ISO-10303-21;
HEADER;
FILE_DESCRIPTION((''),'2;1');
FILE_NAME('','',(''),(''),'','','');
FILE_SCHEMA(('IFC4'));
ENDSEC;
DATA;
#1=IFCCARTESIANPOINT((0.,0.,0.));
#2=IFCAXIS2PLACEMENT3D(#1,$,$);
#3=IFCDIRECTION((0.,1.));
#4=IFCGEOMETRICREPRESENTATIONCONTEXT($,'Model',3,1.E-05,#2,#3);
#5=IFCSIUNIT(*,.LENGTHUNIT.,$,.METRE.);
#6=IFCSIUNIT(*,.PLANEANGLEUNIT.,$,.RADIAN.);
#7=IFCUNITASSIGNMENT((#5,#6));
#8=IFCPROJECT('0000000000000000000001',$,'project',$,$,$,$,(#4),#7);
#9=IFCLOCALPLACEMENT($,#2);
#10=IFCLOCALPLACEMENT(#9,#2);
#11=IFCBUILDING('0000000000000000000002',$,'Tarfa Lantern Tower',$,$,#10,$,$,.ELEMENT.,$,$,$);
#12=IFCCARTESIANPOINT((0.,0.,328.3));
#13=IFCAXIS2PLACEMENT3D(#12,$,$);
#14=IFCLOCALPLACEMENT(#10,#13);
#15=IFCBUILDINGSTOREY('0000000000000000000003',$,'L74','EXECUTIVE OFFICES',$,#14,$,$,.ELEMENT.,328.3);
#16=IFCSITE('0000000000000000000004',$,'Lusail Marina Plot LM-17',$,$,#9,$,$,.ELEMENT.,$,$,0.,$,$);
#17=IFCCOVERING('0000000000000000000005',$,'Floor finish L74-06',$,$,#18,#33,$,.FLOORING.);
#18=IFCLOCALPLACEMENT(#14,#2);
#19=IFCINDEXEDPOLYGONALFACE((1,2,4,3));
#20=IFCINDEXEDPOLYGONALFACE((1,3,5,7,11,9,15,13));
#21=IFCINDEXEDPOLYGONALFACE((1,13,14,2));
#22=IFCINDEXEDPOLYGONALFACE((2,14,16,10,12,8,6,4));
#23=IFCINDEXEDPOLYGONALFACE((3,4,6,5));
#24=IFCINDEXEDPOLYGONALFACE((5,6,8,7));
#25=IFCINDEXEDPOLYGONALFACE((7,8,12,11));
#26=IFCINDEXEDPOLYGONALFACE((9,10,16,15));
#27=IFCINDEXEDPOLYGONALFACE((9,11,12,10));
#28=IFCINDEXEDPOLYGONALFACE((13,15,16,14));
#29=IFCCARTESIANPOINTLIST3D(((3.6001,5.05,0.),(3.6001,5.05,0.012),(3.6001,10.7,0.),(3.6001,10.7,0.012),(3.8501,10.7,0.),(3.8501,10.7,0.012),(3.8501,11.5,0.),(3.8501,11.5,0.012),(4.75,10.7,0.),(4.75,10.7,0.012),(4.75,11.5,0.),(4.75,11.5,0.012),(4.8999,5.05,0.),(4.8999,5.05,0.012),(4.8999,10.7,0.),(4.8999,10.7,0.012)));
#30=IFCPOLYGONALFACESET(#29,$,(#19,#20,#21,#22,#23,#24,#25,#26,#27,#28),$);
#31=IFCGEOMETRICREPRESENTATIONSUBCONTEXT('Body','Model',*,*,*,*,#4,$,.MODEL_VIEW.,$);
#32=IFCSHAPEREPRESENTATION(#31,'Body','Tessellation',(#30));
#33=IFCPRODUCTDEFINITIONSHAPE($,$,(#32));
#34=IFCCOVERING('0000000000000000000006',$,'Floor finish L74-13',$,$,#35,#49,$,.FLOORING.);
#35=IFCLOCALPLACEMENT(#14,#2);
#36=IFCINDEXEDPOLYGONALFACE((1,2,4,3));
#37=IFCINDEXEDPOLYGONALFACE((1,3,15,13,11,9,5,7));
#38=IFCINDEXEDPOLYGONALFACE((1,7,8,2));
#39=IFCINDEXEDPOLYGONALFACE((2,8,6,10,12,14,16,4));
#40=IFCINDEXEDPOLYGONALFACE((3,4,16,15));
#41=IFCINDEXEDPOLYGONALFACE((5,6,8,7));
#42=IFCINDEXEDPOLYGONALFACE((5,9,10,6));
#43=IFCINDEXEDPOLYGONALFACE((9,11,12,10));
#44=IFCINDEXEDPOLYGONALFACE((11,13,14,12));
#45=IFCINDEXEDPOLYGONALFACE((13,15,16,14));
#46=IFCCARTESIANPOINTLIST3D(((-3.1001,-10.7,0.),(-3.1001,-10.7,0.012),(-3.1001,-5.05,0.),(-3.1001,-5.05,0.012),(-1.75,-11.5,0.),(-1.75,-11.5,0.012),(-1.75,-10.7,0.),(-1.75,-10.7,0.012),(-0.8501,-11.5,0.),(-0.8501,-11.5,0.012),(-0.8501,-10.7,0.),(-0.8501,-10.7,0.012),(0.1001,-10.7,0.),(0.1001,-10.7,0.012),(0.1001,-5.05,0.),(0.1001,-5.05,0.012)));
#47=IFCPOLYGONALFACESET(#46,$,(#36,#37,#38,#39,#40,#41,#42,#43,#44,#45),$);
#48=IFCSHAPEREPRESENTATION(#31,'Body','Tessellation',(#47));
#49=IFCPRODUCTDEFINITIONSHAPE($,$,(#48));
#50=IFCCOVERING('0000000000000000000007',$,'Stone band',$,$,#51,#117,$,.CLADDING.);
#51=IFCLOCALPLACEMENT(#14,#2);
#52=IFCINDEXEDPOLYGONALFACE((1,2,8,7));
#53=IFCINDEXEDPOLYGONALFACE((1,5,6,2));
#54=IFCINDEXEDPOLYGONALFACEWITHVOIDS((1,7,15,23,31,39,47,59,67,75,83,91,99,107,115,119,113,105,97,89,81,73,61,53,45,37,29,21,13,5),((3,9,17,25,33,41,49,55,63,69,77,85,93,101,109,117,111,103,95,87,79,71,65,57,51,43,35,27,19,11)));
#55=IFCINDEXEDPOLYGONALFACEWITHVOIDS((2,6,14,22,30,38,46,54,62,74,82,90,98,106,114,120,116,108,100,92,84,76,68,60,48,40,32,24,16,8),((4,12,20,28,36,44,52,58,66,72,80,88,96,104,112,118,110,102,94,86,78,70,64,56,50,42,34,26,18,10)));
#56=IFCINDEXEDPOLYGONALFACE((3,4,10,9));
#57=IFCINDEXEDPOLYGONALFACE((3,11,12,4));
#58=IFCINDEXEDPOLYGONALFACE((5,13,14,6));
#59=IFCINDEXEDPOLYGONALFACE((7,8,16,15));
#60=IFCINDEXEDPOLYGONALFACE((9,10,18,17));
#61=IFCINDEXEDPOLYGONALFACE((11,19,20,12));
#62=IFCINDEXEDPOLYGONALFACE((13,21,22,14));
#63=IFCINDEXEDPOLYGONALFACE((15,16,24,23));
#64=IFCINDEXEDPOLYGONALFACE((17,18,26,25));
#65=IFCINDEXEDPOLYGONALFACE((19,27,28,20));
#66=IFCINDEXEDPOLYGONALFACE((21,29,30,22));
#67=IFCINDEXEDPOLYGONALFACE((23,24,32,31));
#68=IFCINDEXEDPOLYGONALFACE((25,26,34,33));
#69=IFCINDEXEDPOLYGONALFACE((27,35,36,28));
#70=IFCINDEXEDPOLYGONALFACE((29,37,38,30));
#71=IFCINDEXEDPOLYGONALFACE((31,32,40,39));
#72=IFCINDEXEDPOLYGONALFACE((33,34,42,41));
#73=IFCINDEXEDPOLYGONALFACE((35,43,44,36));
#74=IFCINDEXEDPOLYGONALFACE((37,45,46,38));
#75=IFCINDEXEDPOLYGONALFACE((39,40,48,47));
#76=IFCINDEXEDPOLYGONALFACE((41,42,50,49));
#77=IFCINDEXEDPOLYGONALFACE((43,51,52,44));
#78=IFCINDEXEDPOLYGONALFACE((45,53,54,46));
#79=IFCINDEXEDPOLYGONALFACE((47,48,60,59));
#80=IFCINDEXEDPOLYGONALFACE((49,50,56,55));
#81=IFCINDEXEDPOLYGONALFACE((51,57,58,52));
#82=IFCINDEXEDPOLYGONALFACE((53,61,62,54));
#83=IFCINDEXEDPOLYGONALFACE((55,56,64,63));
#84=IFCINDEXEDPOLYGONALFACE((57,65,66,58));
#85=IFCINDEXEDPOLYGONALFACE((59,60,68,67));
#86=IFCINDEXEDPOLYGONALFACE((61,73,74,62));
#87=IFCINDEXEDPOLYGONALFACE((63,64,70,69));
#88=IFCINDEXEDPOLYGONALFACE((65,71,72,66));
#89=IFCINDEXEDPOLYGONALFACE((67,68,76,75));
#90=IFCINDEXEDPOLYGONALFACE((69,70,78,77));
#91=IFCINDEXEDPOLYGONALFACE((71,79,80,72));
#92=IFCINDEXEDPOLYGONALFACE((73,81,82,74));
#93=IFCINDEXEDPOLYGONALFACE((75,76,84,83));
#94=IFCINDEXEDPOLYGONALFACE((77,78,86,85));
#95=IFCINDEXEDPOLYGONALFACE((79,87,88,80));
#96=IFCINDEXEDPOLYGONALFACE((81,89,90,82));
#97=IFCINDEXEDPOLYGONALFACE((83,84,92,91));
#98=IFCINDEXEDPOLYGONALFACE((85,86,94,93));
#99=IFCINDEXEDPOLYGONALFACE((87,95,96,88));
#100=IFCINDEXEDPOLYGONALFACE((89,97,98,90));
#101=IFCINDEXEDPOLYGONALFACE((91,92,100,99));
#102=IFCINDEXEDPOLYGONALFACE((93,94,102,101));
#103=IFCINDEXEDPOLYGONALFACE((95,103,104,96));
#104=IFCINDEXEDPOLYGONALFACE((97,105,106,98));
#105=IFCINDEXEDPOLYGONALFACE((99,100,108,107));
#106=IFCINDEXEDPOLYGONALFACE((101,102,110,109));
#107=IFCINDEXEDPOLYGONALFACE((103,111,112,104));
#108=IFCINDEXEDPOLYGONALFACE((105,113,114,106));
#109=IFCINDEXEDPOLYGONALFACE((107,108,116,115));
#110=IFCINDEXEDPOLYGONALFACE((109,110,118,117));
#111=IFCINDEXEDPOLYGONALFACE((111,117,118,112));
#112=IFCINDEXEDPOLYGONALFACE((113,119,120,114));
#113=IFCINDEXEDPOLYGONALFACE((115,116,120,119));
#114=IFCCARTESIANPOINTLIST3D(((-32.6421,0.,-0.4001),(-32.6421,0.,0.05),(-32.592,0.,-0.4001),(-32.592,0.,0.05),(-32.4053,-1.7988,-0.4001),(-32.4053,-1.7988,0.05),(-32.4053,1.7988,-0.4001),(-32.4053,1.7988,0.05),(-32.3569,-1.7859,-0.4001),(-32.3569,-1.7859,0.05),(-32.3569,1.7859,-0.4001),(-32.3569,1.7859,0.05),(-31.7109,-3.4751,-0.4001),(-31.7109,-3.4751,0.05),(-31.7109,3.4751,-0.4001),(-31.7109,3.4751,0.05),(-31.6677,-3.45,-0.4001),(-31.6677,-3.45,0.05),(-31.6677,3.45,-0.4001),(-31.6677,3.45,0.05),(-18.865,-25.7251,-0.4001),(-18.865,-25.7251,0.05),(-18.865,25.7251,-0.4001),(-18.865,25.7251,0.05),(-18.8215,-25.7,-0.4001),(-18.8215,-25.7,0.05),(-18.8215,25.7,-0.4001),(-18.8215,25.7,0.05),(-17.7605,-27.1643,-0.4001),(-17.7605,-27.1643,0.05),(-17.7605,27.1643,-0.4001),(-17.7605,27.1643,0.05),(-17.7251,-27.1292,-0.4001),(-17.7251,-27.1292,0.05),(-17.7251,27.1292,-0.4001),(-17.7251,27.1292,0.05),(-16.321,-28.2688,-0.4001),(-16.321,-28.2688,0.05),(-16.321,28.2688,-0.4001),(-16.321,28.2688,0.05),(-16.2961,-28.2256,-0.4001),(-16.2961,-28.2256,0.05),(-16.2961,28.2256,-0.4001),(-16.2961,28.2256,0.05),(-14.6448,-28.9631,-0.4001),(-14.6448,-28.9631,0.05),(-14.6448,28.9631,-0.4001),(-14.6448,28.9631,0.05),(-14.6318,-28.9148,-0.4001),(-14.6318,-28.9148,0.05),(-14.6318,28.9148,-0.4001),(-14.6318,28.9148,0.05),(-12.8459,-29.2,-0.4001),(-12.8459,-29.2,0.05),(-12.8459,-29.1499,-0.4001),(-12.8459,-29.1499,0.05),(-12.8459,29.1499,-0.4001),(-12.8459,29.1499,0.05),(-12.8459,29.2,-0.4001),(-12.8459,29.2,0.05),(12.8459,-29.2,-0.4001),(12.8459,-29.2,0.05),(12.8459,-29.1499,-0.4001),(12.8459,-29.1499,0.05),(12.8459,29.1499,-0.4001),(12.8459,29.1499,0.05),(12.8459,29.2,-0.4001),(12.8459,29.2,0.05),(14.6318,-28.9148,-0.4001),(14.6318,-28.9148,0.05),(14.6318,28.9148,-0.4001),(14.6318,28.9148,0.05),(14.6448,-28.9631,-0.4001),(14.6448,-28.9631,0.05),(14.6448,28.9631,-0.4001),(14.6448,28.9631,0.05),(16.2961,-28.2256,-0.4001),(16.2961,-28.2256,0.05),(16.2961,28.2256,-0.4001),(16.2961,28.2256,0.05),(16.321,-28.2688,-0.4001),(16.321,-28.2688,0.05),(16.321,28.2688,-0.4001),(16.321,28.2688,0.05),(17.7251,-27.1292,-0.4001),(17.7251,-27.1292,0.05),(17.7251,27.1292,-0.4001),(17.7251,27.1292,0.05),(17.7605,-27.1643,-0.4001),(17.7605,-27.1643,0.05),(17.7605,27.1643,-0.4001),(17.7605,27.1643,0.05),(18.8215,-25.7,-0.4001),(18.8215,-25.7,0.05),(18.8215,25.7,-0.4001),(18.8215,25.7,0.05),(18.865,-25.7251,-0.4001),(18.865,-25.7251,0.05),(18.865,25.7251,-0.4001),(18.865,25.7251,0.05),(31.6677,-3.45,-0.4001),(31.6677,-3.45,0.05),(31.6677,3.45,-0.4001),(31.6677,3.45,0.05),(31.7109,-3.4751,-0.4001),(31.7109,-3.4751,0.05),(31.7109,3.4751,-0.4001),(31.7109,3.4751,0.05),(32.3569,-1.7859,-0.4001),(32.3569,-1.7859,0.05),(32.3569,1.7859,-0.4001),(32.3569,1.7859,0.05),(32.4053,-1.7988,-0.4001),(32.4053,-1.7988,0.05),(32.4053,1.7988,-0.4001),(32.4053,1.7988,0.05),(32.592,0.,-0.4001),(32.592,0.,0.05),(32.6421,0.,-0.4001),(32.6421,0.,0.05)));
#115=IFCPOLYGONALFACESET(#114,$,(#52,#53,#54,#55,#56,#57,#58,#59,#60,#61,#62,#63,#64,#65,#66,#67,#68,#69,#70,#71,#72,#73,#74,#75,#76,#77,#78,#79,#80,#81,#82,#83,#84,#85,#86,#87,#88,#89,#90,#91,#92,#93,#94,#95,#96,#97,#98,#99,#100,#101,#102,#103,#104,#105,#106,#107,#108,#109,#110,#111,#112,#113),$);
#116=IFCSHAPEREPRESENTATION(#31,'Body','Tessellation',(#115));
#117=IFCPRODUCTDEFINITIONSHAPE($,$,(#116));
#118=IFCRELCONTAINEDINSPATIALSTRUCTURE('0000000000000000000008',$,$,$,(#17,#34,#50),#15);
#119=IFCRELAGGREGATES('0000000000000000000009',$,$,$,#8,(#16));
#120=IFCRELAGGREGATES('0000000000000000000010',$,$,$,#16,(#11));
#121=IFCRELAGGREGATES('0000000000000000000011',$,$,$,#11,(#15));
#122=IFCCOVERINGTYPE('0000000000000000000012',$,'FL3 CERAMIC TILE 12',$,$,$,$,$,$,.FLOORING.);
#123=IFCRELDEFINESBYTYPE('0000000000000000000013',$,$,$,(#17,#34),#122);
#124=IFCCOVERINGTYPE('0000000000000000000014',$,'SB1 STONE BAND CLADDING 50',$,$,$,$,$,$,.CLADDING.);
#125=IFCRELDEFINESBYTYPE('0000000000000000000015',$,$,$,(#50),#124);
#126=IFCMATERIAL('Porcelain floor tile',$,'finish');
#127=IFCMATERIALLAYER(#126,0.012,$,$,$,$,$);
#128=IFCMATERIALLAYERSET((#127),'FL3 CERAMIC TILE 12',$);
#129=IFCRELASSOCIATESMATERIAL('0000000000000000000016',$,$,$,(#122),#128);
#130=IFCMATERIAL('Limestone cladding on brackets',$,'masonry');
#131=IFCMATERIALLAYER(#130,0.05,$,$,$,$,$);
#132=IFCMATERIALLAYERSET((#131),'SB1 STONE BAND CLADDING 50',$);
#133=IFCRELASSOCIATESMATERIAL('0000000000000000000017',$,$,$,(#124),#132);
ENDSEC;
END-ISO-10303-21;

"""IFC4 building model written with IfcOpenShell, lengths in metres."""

from ifc_helpers import new_model, si_unit, direction, frame, origin, place, context, subcontext, project, spatial, polyline, outline, extrude, material, layer, layer_set, type_object, element, save


model = new_model("IFC4")

# Units and contexts
model_context = context("Model", 3, precision=1e-05, world=origin(), true_north=direction((0.0, 1.0)))
body_context = subcontext(model_context, "Body", "Model", "MODEL_VIEW")
ifc_project = project(units=[si_unit("LENGTHUNIT", "METRE"), si_unit("PLANEANGLEUNIT", "RADIAN")], contexts=[model_context])

# Site, building, storey
site_placement = place(None, origin())
site = spatial("IfcSite", under=ifc_project, at=site_placement, Name="Lusail Marina Plot LM-17", CompositionType="ELEMENT", RefElevation=0.0)
building_placement = place(site_placement, origin())
building = spatial("IfcBuilding", under=site, at=building_placement, Name="Tarfa Lantern Tower", CompositionType="ELEMENT")
storey_placement = place(building_placement, frame((0.0, 0.0, 328.3)))
storey = spatial("IfcBuildingStorey", under=building, at=storey_placement, Name="L74", Description="EXECUTIVE OFFICES", CompositionType="ELEMENT", Elevation=328.3)

# Coverings
ifc_material_1 = material(Name="Porcelain floor tile", Category="finish")
ifc_layer_1 = layer(ifc_material_1, 0.012)
ifc_layer_set_1 = layer_set([ifc_layer_1], Name="FL3 CERAMIC TILE 12")
covering_type_1 = type_object("IfcCoveringType", Name="FL3 CERAMIC TILE 12", PredefinedType="FLOORING", material=ifc_layer_set_1)
covering_1_placement = place(storey_placement, origin())
element("IfcCovering", 1, at=covering_1_placement, inside=storey, type_object=covering_type_1, Name="Floor finish L74-06", PredefinedType="FLOORING", context=body_context, shape_type="SweptSolid", body=[
    extrude(outline(polyline([(3.6001, 5.05), (4.8999, 5.05), (4.8999, 10.7), (4.75, 10.7), (4.75, 11.5), (3.8501, 11.5), (3.8501, 10.7), (3.6001, 10.7), (3.6001, 5.05)])), origin(), (0.0, 0.0, 1.0), 0.012),
])
covering_2_placement = place(storey_placement, origin())
element("IfcCovering", 2, at=covering_2_placement, inside=storey, type_object=covering_type_1, Name="Floor finish L74-13", PredefinedType="FLOORING", context=body_context, shape_type="SweptSolid", body=[
    extrude(outline(polyline([(-0.8501, -10.7), (0.1001, -10.7), (0.1001, -5.05), (-3.1001, -5.05), (-3.1001, -10.7), (-1.75, -10.7), (-1.75, -11.5), (-0.8501, -11.5), (-0.8501, -10.7)])), origin(), (0.0, 0.0, 1.0), 0.012),
])
ifc_material_2 = material(Name="Limestone cladding on brackets", Category="masonry")
ifc_layer_2 = layer(ifc_material_2, 0.05)
ifc_layer_set_2 = layer_set([ifc_layer_2], Name="SB1 STONE BAND CLADDING 50")
covering_type_2 = type_object("IfcCoveringType", Name="SB1 STONE BAND CLADDING 50", PredefinedType="CLADDING", material=ifc_layer_set_2)
covering_3_placement = place(storey_placement, frame((0.0, 0.0, -0.4001)))
element("IfcCovering", 3, at=covering_3_placement, inside=storey, type_object=covering_type_2, Name="Stone band", PredefinedType="CLADDING", context=body_context, shape_type="SweptSolid", body=[
    extrude(outline(polyline([(31.7109, 3.4751), (18.865, 25.7251), (17.7605, 27.1643), (16.321, 28.2688), (14.6448, 28.9631), (12.8459, 29.2), (-12.8459, 29.2), (-14.6448, 28.9631), (-16.321, 28.2688), (-17.7605, 27.1643), (-18.865, 25.7251), (-31.7109, 3.4751), (-32.4053, 1.7988), (-32.6421, 0.0), (-32.4053, -1.7988), (-31.7109, -3.4751), (-18.865, -25.7251), (-17.7605, -27.1643), (-16.321, -28.2688), (-14.6448, -28.9631), (-12.8459, -29.2), (12.8459, -29.2), (14.6448, -28.9631), (16.321, -28.2688), (17.7605, -27.1643), (18.865, -25.7251), (31.7109, -3.4751), (32.4053, -1.7988), (32.6421, 0.0), (32.4053, 1.7988), (31.7109, 3.4751)]), holes=[polyline([(31.6677, 3.45), (18.8215, 25.7), (17.7251, 27.1292), (16.2961, 28.2256), (14.6318, 28.9148), (12.8459, 29.1499), (-12.8459, 29.1499), (-14.6318, 28.9148), (-16.2961, 28.2256), (-17.7251, 27.1292), (-18.8215, 25.7), (-31.6677, 3.45), (-32.3569, 1.7859), (-32.592, 0.0), (-32.3569, -1.7859), (-31.6677, -3.45), (-18.8215, -25.7), (-17.7251, -27.1292), (-16.2961, -28.2256), (-14.6318, -28.9148), (-12.8459, -29.1499), (12.8459, -29.1499), (14.6318, -28.9148), (16.2961, -28.2256), (17.7251, -27.1292), (18.8215, -25.7), (31.6677, -3.45), (32.3569, -1.7859), (32.592, 0.0), (32.3569, 1.7859), (31.6677, 3.45)])]), origin(), (0.0, 0.0, 1.0), 0.4502),
])

save(model, "model.ifc")
